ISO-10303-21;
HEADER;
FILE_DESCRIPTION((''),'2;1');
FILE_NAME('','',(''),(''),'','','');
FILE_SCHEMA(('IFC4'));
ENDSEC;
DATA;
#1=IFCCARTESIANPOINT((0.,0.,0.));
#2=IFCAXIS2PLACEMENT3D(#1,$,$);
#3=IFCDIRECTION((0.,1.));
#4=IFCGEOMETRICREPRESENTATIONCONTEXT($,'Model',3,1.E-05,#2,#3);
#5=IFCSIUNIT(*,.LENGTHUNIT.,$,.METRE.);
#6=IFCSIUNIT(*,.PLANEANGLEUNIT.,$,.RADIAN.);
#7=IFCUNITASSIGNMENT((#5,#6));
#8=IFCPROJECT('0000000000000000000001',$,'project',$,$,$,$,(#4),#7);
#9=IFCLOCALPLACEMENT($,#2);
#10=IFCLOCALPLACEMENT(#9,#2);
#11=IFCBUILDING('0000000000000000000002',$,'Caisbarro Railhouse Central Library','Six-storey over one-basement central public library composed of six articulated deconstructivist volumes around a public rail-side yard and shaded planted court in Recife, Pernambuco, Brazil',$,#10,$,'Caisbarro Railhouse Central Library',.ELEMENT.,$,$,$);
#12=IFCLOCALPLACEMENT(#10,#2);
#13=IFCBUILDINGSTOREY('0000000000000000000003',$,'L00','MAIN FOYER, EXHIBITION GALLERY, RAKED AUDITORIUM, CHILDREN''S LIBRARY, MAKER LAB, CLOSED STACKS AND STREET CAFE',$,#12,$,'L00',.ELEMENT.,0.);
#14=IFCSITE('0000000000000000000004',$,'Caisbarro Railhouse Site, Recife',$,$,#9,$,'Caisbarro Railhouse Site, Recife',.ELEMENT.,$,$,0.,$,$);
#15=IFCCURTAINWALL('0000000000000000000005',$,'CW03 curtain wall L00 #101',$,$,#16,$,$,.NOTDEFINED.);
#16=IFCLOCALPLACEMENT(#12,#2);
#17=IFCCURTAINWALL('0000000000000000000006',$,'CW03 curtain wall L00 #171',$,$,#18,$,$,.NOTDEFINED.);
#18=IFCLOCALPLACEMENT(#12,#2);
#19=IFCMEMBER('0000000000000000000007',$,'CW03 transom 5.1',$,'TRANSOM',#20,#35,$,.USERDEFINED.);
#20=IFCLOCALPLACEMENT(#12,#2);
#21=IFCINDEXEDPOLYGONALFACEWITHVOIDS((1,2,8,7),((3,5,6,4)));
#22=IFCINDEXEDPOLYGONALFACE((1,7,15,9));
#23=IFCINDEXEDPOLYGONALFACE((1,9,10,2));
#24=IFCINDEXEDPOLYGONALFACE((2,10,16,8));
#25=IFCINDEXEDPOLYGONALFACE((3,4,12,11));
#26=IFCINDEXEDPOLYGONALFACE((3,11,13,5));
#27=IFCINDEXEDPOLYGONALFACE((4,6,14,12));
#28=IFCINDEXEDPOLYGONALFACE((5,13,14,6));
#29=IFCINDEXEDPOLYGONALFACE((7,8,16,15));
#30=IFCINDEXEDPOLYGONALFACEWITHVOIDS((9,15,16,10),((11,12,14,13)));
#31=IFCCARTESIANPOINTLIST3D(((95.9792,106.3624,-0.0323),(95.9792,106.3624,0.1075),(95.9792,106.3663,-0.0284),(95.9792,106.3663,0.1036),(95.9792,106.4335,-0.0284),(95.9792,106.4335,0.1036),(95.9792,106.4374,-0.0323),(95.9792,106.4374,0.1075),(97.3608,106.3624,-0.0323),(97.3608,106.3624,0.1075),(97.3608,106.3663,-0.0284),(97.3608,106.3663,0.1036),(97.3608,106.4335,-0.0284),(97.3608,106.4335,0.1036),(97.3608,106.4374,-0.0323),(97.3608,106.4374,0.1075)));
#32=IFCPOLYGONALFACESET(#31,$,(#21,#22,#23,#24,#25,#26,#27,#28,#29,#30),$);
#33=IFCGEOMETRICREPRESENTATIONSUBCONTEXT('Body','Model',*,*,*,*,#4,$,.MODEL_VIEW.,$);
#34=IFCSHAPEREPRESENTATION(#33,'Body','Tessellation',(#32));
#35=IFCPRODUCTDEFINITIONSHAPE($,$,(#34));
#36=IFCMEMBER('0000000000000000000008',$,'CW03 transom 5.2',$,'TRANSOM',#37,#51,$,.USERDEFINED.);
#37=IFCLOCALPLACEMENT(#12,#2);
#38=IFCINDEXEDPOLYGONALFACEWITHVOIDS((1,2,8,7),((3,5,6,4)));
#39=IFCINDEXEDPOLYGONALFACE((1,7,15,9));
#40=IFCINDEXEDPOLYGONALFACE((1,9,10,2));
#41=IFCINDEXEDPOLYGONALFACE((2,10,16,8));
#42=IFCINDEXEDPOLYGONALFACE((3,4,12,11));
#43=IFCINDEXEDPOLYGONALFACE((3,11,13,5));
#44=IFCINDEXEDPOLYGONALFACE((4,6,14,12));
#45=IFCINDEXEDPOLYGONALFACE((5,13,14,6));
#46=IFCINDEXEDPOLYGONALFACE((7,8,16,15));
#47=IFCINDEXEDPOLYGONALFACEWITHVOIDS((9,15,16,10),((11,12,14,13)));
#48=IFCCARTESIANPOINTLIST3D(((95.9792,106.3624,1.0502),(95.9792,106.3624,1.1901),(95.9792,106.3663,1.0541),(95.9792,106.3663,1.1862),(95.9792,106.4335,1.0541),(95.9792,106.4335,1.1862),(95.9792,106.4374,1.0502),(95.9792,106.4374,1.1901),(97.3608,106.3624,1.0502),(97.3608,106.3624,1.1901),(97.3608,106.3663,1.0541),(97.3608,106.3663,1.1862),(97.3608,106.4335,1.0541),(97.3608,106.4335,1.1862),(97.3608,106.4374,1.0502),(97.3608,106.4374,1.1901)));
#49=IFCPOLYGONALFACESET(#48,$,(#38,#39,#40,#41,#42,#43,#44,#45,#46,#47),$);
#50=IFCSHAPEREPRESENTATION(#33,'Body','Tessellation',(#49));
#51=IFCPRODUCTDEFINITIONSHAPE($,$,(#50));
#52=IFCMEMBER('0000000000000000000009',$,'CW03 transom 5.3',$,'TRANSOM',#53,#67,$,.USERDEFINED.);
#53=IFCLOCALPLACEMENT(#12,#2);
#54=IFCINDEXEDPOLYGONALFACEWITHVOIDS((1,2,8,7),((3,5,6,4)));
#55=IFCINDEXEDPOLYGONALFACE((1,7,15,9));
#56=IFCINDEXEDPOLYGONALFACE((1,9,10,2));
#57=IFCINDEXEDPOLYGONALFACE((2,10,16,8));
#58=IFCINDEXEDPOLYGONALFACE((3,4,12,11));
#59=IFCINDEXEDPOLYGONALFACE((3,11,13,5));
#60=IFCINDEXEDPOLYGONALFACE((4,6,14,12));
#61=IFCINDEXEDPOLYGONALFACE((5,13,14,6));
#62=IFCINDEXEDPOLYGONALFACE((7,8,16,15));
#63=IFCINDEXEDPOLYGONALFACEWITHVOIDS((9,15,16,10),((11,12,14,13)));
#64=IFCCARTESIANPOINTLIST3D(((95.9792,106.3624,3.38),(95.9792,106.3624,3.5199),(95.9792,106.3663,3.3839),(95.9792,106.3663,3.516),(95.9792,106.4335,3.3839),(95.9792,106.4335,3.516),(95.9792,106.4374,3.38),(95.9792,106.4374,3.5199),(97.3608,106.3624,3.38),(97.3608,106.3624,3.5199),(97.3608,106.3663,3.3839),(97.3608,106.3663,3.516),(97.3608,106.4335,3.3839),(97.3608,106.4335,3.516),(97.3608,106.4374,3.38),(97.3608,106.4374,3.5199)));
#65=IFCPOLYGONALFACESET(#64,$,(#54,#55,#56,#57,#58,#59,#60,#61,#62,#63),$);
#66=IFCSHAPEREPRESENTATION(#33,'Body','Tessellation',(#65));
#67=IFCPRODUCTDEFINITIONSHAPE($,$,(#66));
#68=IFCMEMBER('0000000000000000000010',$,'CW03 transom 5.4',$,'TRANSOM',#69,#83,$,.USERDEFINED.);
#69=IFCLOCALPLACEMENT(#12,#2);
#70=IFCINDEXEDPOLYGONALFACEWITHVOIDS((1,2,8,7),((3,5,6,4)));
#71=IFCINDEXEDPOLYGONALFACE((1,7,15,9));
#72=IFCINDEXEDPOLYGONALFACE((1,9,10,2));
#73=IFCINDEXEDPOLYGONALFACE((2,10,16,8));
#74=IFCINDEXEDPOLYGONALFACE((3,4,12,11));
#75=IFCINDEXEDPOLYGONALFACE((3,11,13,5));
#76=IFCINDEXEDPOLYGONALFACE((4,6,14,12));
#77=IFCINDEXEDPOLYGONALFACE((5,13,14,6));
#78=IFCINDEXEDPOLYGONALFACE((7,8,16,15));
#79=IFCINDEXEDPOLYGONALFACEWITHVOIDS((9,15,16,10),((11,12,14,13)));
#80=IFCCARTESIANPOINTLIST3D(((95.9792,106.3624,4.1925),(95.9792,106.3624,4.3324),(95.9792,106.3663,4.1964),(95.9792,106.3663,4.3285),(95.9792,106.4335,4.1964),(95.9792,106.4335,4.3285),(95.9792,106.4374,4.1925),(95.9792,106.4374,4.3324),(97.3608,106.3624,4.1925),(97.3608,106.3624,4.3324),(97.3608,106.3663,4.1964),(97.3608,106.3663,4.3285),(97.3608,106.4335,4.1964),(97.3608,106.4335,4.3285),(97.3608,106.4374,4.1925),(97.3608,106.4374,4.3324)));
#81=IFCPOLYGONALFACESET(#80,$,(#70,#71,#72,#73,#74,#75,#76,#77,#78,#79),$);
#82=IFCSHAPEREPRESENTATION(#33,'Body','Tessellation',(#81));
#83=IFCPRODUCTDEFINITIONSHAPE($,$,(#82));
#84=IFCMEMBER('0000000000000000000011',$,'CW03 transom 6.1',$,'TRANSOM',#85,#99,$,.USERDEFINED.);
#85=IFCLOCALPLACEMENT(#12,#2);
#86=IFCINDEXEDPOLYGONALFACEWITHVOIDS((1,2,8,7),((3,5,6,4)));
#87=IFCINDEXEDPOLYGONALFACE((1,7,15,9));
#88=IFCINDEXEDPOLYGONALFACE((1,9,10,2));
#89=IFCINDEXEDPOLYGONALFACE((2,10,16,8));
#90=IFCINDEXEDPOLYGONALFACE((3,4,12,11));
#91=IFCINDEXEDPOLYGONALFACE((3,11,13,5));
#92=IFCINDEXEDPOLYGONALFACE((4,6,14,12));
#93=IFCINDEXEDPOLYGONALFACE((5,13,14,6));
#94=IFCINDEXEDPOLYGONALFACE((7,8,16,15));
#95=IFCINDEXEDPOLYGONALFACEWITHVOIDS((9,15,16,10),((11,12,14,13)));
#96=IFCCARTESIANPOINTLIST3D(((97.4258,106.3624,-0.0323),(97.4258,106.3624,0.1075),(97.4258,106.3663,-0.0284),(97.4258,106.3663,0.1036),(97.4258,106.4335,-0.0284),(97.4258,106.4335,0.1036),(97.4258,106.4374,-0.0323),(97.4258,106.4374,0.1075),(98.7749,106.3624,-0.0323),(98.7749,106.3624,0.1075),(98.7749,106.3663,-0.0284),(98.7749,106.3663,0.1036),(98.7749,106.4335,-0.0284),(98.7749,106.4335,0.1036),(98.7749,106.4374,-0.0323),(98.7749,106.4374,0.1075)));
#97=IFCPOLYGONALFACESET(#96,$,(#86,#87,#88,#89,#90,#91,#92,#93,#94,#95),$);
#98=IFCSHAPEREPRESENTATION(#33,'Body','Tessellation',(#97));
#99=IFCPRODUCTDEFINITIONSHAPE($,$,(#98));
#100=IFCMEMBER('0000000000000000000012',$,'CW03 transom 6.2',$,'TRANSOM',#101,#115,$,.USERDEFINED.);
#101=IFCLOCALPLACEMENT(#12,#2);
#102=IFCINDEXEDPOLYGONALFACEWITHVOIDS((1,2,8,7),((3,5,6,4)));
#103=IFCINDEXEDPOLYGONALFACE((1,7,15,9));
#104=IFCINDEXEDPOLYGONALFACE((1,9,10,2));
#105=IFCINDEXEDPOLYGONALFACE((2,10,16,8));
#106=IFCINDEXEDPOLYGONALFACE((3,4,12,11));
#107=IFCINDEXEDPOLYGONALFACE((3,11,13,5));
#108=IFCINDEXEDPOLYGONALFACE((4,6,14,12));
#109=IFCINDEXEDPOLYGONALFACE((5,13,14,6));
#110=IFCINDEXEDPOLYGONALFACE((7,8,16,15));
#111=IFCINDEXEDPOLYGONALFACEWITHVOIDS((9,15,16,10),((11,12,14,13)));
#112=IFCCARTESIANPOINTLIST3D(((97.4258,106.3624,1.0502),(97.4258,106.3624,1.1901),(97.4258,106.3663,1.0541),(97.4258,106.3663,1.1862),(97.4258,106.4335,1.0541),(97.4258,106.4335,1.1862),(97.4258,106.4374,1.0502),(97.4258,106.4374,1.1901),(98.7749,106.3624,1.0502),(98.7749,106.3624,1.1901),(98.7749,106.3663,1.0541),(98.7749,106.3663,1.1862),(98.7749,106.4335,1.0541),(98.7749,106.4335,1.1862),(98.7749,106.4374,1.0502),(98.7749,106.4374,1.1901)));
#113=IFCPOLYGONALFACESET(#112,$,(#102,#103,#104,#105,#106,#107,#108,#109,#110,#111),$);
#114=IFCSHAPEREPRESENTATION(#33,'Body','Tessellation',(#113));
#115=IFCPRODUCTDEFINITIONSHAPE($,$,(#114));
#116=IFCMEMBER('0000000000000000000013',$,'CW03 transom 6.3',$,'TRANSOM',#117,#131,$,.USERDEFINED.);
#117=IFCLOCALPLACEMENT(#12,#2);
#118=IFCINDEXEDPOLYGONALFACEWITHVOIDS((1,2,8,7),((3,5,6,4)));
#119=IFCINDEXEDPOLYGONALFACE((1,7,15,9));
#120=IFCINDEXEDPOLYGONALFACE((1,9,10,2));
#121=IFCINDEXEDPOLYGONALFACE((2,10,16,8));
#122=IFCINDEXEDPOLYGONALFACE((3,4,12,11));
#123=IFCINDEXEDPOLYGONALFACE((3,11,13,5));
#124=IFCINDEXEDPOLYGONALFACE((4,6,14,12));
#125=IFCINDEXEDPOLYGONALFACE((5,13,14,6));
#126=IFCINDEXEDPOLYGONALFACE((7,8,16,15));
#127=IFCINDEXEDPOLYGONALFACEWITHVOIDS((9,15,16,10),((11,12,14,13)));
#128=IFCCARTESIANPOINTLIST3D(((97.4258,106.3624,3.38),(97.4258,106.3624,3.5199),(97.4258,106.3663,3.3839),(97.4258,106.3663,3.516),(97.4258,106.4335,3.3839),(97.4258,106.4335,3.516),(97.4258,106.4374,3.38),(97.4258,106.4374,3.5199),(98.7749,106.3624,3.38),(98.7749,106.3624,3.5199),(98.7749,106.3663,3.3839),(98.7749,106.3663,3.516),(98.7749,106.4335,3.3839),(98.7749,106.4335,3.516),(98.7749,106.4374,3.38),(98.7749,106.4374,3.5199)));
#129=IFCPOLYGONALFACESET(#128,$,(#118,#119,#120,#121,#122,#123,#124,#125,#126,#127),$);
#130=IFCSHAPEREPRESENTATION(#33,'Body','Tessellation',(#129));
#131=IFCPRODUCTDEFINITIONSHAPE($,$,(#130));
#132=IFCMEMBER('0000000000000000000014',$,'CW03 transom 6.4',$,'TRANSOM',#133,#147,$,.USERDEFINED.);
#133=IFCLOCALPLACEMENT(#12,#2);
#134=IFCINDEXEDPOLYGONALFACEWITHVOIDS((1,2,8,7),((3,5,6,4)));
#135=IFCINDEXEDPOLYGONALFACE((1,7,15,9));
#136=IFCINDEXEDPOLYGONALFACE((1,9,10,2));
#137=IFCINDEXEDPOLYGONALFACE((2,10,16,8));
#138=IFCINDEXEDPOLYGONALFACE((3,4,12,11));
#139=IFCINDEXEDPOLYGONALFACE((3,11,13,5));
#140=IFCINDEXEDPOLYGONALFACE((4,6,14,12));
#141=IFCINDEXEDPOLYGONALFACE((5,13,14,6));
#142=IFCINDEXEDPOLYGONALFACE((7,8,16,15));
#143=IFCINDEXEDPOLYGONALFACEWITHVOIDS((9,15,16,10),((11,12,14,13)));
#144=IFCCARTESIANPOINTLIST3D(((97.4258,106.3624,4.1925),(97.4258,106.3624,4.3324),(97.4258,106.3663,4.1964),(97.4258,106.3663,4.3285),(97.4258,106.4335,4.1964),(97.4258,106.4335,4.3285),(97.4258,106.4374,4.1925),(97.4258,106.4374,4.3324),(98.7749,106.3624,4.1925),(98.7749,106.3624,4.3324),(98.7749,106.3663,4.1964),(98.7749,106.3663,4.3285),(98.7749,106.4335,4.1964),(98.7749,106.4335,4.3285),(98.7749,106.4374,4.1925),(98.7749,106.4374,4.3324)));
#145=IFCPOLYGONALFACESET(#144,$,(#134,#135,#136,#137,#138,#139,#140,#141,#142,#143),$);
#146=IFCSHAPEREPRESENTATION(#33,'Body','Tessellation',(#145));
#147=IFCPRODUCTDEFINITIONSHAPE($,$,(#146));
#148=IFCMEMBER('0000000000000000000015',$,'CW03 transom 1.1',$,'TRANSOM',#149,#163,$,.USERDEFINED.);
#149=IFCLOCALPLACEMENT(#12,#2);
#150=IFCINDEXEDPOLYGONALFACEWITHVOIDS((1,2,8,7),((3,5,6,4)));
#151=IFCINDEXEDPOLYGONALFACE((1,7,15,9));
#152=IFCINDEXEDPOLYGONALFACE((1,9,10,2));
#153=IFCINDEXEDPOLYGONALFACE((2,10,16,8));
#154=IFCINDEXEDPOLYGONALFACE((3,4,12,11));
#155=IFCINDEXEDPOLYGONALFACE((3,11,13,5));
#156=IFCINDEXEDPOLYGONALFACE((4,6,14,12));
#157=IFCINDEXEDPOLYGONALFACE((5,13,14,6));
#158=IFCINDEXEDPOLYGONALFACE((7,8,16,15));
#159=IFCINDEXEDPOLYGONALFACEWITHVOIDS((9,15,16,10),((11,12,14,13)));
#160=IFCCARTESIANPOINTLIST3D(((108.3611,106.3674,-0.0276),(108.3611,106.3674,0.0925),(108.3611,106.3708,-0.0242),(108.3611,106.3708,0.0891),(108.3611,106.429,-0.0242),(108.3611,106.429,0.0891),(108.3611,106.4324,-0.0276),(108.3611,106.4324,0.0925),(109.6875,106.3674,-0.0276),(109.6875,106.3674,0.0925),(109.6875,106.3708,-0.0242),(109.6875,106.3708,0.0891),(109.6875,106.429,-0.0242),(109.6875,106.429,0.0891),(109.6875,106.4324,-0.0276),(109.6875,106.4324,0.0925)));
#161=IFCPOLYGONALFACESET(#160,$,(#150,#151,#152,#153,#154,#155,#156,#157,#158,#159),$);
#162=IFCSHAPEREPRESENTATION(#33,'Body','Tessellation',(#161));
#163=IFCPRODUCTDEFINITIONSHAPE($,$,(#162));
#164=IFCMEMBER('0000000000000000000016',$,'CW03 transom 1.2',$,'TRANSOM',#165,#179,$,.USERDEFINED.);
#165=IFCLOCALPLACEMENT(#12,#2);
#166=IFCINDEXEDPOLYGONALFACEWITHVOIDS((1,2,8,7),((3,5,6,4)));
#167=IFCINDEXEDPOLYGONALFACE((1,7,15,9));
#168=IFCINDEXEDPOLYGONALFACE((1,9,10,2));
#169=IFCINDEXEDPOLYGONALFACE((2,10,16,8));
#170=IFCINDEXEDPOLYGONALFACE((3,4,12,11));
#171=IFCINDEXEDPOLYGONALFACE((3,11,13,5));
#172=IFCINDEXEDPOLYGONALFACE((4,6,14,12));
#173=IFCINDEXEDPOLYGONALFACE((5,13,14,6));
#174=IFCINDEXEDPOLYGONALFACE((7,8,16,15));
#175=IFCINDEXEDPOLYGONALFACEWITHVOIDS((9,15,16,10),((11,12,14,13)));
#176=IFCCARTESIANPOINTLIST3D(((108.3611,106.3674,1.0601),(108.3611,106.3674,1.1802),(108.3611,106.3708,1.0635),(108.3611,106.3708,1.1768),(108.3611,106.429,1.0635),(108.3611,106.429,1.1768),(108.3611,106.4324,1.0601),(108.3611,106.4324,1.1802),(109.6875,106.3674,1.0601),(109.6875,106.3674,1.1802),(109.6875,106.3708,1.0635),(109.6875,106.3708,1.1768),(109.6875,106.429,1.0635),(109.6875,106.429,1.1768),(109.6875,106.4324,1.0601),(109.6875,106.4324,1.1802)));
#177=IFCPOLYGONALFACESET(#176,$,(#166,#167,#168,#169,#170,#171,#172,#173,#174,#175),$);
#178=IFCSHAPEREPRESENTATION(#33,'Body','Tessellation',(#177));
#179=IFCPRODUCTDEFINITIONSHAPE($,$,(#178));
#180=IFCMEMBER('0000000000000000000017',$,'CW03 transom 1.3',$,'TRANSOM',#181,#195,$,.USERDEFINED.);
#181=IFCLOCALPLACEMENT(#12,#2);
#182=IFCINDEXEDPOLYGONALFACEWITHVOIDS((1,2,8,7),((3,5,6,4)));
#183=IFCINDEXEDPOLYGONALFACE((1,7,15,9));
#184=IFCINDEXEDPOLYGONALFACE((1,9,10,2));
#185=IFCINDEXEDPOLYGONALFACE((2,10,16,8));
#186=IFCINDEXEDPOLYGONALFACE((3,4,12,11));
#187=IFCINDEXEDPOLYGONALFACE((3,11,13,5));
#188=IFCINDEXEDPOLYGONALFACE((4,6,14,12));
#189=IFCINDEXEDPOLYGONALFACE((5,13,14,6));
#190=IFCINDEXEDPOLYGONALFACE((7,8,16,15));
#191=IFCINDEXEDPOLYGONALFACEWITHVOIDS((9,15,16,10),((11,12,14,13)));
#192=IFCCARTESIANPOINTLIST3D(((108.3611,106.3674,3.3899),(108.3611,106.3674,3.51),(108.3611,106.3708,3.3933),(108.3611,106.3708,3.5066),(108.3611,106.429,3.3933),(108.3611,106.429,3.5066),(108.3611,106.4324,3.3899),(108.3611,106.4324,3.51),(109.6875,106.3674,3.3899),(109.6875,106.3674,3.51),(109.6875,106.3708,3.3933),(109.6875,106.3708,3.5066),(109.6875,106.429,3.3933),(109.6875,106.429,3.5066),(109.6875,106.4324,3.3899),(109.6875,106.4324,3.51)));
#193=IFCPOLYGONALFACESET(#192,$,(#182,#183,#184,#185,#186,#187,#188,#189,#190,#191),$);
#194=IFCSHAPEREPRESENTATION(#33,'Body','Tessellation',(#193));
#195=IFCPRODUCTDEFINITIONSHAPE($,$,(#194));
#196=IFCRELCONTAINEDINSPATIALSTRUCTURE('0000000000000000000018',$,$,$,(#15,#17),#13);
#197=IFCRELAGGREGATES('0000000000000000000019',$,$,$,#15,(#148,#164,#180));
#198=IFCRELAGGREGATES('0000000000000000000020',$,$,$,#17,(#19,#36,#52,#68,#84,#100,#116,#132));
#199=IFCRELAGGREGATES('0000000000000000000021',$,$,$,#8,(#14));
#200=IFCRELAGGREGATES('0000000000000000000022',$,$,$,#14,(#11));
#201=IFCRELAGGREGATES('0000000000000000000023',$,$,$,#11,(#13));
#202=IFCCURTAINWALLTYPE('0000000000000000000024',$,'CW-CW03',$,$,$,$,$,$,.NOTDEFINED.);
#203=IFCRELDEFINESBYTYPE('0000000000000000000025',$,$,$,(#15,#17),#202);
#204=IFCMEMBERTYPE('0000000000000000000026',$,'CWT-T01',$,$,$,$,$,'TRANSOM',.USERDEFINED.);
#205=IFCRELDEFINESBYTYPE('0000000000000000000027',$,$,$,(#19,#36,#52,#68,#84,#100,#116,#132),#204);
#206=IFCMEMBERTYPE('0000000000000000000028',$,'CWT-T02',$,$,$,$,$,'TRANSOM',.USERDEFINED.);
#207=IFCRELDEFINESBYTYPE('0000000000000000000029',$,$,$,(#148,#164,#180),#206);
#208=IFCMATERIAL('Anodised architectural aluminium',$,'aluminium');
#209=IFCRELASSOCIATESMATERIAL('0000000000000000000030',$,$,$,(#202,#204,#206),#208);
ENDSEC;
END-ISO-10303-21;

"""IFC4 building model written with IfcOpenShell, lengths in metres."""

from ifc_helpers import new_model, si_unit, direction, frame, origin, origin_2d, place, context, subcontext, project, spatial, hollow_rectangle, extrude, material, material_profile, profile_set, type_object, element, aggregate, save


model = new_model("IFC4")

# Units and contexts
model_context = context("Model", 3, precision=1e-05, world=origin(), true_north=direction((0.0, 1.0)))
body_context = subcontext(model_context, "Body", "Model", "MODEL_VIEW")
ifc_project = project(units=[si_unit("LENGTHUNIT", "METRE"), si_unit("PLANEANGLEUNIT", "RADIAN")], contexts=[model_context])

# Site, building, storey
site_placement = place(None, origin())
site = spatial("IfcSite", under=ifc_project, at=site_placement, Name="Caisbarro Railhouse Site, Recife", LongName="Caisbarro Railhouse Site, Recife", CompositionType="ELEMENT", RefElevation=0.0)
building_placement = place(site_placement, origin())
building = spatial("IfcBuilding", under=site, at=building_placement, Name="Caisbarro Railhouse Central Library", Description="Six-storey over one-basement central public library composed of six articulated deconstructivist volumes around a public rail-side yard and shaded planted court in Recife, Pernambuco, Brazil", LongName="Caisbarro Railhouse Central Library", CompositionType="ELEMENT")
storey_placement = place(building_placement, origin())
storey = spatial("IfcBuildingStorey", under=building, at=storey_placement, Name="L00", Description="MAIN FOYER, EXHIBITION GALLERY, RAKED AUDITORIUM, CHILDREN'S LIBRARY, MAKER LAB, CLOSED STACKS AND STREET CAFE", LongName="L00", CompositionType="ELEMENT", Elevation=0.0)

# Curtain wall
ifc_material_1 = material(Name="Anodised architectural aluminium", Category="aluminium")
curtain_wall_type = type_object("IfcCurtainWallType", Name="CW-CW03", PredefinedType="NOTDEFINED", material=ifc_material_1)
curtain_wall_1_placement = place(storey_placement, origin())
curtain_wall_1 = element("IfcCurtainWall", 1, at=curtain_wall_1_placement, inside=storey, type_object=curtain_wall_type, Name="CW03 curtain wall L00 #101", PredefinedType="NOTDEFINED")

# Curtain wall, members
curtain_wall_2_placement = place(storey_placement, origin())
curtain_wall_2 = element("IfcCurtainWall", 2, at=curtain_wall_2_placement, inside=storey, type_object=curtain_wall_type, Name="CW03 curtain wall L00 #171", PredefinedType="NOTDEFINED")
ifc_material_profile_1 = material_profile(ifc_material_1, hollow_rectangle(XDim=0.075, YDim=0.1399, WallThickness=0.0039, at=origin_2d()), Name="ALU-TRN-75X140")
ifc_profile_set_1 = profile_set([ifc_material_profile_1], Name="Anodised architectural aluminium")
member_type_1 = type_object("IfcMemberType", Name="CWT-T01", ElementType="TRANSOM", PredefinedType="USERDEFINED", material=ifc_profile_set_1)
member_1_placement = place(storey_placement, frame((95.9792, 106.3999, 0.0376), z_axis=(1.0, 0.0, 0.0), x_axis=(0.0, 1.0, 0.0)))
member_1 = element("IfcMember", 3, at=member_1_placement, type_object=member_type_1, Name="CW03 transom 5.1", ObjectType="TRANSOM", PredefinedType="USERDEFINED", context=body_context, shape_type="SweptSolid", body=[
    extrude(hollow_rectangle(XDim=0.075, YDim=0.1399, WallThickness=0.0039, at=origin_2d()), origin(), (0.0, 0.0, 1.0), 1.3816),
])
member_2_placement = place(storey_placement, frame((95.9792, 106.3999, 1.1201), z_axis=(1.0, 0.0, 0.0), x_axis=(0.0, 1.0, 0.0)))
member_2 = element("IfcMember", 4, at=member_2_placement, type_object=member_type_1, Name="CW03 transom 5.2", ObjectType="TRANSOM", PredefinedType="USERDEFINED", context=body_context, shape_type="SweptSolid", body=[
    extrude(hollow_rectangle(XDim=0.075, YDim=0.1399, WallThickness=0.0039, at=origin_2d()), origin(), (0.0, 0.0, 1.0), 1.3816),
])
member_3_placement = place(storey_placement, frame((95.9792, 106.3999, 3.45), z_axis=(1.0, 0.0, 0.0), x_axis=(0.0, 1.0, 0.0)))
member_3 = element("IfcMember", 5, at=member_3_placement, type_object=member_type_1, Name="CW03 transom 5.3", ObjectType="TRANSOM", PredefinedType="USERDEFINED", context=body_context, shape_type="SweptSolid", body=[
    extrude(hollow_rectangle(XDim=0.075, YDim=0.1399, WallThickness=0.0039, at=origin_2d()), origin(), (0.0, 0.0, 1.0), 1.3816),
])
member_4_placement = place(storey_placement, frame((95.9792, 106.3999, 4.2625), z_axis=(1.0, 0.0, 0.0), x_axis=(0.0, 1.0, 0.0)))
member_4 = element("IfcMember", 6, at=member_4_placement, type_object=member_type_1, Name="CW03 transom 5.4", ObjectType="TRANSOM", PredefinedType="USERDEFINED", context=body_context, shape_type="SweptSolid", body=[
    extrude(hollow_rectangle(XDim=0.075, YDim=0.1399, WallThickness=0.0039, at=origin_2d()), origin(), (0.0, 0.0, 1.0), 1.3816),
])
member_5_placement = place(storey_placement, frame((97.4258, 106.3999, 0.0376), z_axis=(1.0, 0.0, 0.0), x_axis=(0.0, 1.0, 0.0)))
member_5 = element("IfcMember", 7, at=member_5_placement, type_object=member_type_1, Name="CW03 transom 6.1", ObjectType="TRANSOM", PredefinedType="USERDEFINED", context=body_context, shape_type="SweptSolid", body=[
    extrude(hollow_rectangle(XDim=0.075, YDim=0.1399, WallThickness=0.0039, at=origin_2d()), origin(), (0.0, 0.0, 1.0), 1.3491),
])
member_6_placement = place(storey_placement, frame((97.4258, 106.3999, 1.1201), z_axis=(1.0, 0.0, 0.0), x_axis=(0.0, 1.0, 0.0)))
member_6 = element("IfcMember", 8, at=member_6_placement, type_object=member_type_1, Name="CW03 transom 6.2", ObjectType="TRANSOM", PredefinedType="USERDEFINED", context=body_context, shape_type="SweptSolid", body=[
    extrude(hollow_rectangle(XDim=0.075, YDim=0.1399, WallThickness=0.0039, at=origin_2d()), origin(), (0.0, 0.0, 1.0), 1.3491),
])
member_7_placement = place(storey_placement, frame((97.4258, 106.3999, 3.45), z_axis=(1.0, 0.0, 0.0), x_axis=(0.0, 1.0, 0.0)))
member_7 = element("IfcMember", 9, at=member_7_placement, type_object=member_type_1, Name="CW03 transom 6.3", ObjectType="TRANSOM", PredefinedType="USERDEFINED", context=body_context, shape_type="SweptSolid", body=[
    extrude(hollow_rectangle(XDim=0.075, YDim=0.1399, WallThickness=0.0039, at=origin_2d()), origin(), (0.0, 0.0, 1.0), 1.3491),
])
member_8_placement = place(storey_placement, frame((97.4258, 106.3999, 4.2625), z_axis=(1.0, 0.0, 0.0), x_axis=(0.0, 1.0, 0.0)))
member_8 = element("IfcMember", 10, at=member_8_placement, type_object=member_type_1, Name="CW03 transom 6.4", ObjectType="TRANSOM", PredefinedType="USERDEFINED", context=body_context, shape_type="SweptSolid", body=[
    extrude(hollow_rectangle(XDim=0.075, YDim=0.1399, WallThickness=0.0039, at=origin_2d()), origin(), (0.0, 0.0, 1.0), 1.3491),
])

# Members
ifc_material_profile_2 = material_profile(ifc_material_1, hollow_rectangle(XDim=0.0649, YDim=0.1201, WallThickness=0.0034, at=origin_2d()), Name="ALU-TRN-65X120")
ifc_profile_set_2 = profile_set([ifc_material_profile_2], Name="Anodised architectural aluminium")
member_type_2 = type_object("IfcMemberType", Name="CWT-T02", ElementType="TRANSOM", PredefinedType="USERDEFINED", material=ifc_profile_set_2)
member_9_placement = place(storey_placement, frame((108.3611, 106.3999, 0.0325), z_axis=(1.0, 0.0, 0.0), x_axis=(0.0, 1.0, 0.0)))
member_9 = element("IfcMember", 11, at=member_9_placement, type_object=member_type_2, Name="CW03 transom 1.1", ObjectType="TRANSOM", PredefinedType="USERDEFINED", context=body_context, shape_type="SweptSolid", body=[
    extrude(hollow_rectangle(XDim=0.0649, YDim=0.1201, WallThickness=0.0034, at=origin_2d()), origin(), (0.0, 0.0, 1.0), 1.3264),
])
member_10_placement = place(storey_placement, frame((108.3611, 106.3999, 1.1201), z_axis=(1.0, 0.0, 0.0), x_axis=(0.0, 1.0, 0.0)))
member_10 = element("IfcMember", 12, at=member_10_placement, type_object=member_type_2, Name="CW03 transom 1.2", ObjectType="TRANSOM", PredefinedType="USERDEFINED", context=body_context, shape_type="SweptSolid", body=[
    extrude(hollow_rectangle(XDim=0.0649, YDim=0.1201, WallThickness=0.0034, at=origin_2d()), origin(), (0.0, 0.0, 1.0), 1.3264),
])
member_11_placement = place(storey_placement, frame((108.3611, 106.3999, 3.45), z_axis=(1.0, 0.0, 0.0), x_axis=(0.0, 1.0, 0.0)))
member_11 = element("IfcMember", 13, at=member_11_placement, type_object=member_type_2, Name="CW03 transom 1.3", ObjectType="TRANSOM", PredefinedType="USERDEFINED", context=body_context, shape_type="SweptSolid", body=[
    extrude(hollow_rectangle(XDim=0.0649, YDim=0.1201, WallThickness=0.0034, at=origin_2d()), origin(), (0.0, 0.0, 1.0), 1.3264),
])
aggregate(curtain_wall_1, [member_9, member_10, member_11])

aggregate(curtain_wall_2, [member_1, member_2, member_3, member_4, member_5, member_6, member_7, member_8])

save(model, "model.ifc")
